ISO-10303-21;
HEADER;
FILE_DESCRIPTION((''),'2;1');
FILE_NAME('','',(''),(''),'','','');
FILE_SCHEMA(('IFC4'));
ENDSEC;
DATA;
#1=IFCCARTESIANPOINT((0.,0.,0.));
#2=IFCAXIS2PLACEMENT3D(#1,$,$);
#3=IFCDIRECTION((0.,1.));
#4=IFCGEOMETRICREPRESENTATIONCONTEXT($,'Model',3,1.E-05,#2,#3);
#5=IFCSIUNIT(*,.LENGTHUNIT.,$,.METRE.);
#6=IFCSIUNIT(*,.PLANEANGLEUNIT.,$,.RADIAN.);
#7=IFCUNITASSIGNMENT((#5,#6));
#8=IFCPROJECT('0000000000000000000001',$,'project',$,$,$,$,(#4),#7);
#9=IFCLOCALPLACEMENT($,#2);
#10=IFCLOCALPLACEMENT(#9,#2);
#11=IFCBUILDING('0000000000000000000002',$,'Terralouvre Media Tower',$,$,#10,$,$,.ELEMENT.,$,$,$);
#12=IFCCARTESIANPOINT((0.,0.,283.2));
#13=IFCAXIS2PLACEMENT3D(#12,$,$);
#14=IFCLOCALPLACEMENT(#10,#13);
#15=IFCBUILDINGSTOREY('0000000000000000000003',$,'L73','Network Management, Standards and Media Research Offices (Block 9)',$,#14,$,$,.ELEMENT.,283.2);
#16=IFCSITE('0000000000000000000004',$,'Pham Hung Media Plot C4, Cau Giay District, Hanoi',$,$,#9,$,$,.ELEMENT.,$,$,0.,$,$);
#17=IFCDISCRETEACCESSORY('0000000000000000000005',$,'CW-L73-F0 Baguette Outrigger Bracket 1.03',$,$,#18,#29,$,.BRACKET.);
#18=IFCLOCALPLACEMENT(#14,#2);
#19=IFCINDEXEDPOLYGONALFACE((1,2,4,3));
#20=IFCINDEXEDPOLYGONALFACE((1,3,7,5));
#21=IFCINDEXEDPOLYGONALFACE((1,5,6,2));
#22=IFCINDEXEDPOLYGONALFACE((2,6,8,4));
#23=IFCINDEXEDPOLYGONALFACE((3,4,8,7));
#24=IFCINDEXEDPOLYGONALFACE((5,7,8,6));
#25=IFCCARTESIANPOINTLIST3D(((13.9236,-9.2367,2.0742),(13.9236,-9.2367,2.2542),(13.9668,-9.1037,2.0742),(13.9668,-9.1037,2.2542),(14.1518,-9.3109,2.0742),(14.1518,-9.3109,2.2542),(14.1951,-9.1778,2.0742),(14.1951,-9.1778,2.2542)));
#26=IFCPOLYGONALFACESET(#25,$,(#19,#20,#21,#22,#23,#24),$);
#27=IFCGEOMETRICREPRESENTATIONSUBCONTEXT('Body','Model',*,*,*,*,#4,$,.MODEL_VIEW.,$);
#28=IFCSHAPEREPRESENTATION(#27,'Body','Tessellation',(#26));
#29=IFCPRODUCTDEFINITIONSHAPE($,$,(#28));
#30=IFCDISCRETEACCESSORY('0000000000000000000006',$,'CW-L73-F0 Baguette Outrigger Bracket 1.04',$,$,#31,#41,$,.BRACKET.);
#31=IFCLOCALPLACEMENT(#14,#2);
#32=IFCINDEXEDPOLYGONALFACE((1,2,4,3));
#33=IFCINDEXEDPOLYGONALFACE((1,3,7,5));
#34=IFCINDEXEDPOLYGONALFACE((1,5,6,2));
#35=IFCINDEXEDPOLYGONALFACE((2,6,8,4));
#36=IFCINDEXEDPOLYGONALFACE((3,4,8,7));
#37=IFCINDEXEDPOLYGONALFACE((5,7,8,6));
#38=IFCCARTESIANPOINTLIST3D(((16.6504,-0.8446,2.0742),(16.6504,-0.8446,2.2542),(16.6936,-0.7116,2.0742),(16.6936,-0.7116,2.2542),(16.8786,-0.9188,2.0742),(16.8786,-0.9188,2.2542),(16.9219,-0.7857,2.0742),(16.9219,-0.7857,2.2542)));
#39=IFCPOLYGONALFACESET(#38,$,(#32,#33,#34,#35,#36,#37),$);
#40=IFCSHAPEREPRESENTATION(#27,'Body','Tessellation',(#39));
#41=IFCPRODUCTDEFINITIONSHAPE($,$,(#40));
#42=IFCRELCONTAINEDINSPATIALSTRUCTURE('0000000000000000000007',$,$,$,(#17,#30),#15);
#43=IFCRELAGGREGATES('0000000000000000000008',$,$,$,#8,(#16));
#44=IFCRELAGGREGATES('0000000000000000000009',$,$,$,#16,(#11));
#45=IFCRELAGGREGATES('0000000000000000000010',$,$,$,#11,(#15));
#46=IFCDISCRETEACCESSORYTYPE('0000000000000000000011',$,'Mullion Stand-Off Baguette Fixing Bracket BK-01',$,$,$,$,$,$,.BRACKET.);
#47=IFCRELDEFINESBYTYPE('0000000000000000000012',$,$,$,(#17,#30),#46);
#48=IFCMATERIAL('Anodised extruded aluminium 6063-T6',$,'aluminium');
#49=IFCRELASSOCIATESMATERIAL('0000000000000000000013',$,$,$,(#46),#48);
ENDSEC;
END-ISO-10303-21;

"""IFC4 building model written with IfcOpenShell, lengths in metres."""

from ifc_helpers import new_model, si_unit, direction, frame, origin, origin_2d, place, context, subcontext, project, spatial, rectangle, extrude, material, type_object, element, save


model = new_model("IFC4")

# Units and contexts
model_context = context("Model", 3, precision=1e-05, world=origin(), true_north=direction((0.0, 1.0)))
body_context = subcontext(model_context, "Body", "Model", "MODEL_VIEW")
ifc_project = project(units=[si_unit("LENGTHUNIT", "METRE"), si_unit("PLANEANGLEUNIT", "RADIAN")], contexts=[model_context])

# Site, building, storey
site_placement = place(None, origin())
site = spatial("IfcSite", under=ifc_project, at=site_placement, Name="Pham Hung Media Plot C4, Cau Giay District, Hanoi", CompositionType="ELEMENT", RefElevation=0.0)
building_placement = place(site_placement, origin())
building = spatial("IfcBuilding", under=site, at=building_placement, Name="Terralouvre Media Tower", CompositionType="ELEMENT")
storey_placement = place(building_placement, frame((0.0, 0.0, 283.2)))
storey = spatial("IfcBuildingStorey", under=building, at=storey_placement, Name="L73", Description="Network Management, Standards and Media Research Offices (Block 9)", CompositionType="ELEMENT", Elevation=283.2)

# Discrete accessories
ifc_material_1 = material(Name="Anodised extruded aluminium 6063-T6", Category="aluminium")
discrete_accessory_type = type_object("IfcDiscreteAccessoryType", Name="Mullion Stand-Off Baguette Fixing Bracket BK-01", PredefinedType="BRACKET", material=ifc_material_1)
for number, where, z_axis, x_axis, name in (
    (1, (14.0593, -9.2073, 2.0742), (0.0, 0.0, 1.0), (0.309017, 0.951057, 0.0), "CW-L73-F0 Baguette Outrigger Bracket 1.03"),
    (2, (16.7861, -0.8152, 2.0742), (0.0, 0.0, 1.0), (0.309017, 0.951057, 0.0), "CW-L73-F0 Baguette Outrigger Bracket 1.04"),
):
    element("IfcDiscreteAccessory", number, at=place(storey_placement, frame(where, z_axis=z_axis, x_axis=x_axis)), inside=storey, type_object=discrete_accessory_type, Name=name, PredefinedType="BRACKET", context=body_context, shape_type="SweptSolid", body=[
        extrude(rectangle(XDim=0.1399, YDim=0.24, at=origin_2d()), origin(), (0.0, 0.0, 1.0), 0.1799),
    ])

save(model, "model.ifc")
